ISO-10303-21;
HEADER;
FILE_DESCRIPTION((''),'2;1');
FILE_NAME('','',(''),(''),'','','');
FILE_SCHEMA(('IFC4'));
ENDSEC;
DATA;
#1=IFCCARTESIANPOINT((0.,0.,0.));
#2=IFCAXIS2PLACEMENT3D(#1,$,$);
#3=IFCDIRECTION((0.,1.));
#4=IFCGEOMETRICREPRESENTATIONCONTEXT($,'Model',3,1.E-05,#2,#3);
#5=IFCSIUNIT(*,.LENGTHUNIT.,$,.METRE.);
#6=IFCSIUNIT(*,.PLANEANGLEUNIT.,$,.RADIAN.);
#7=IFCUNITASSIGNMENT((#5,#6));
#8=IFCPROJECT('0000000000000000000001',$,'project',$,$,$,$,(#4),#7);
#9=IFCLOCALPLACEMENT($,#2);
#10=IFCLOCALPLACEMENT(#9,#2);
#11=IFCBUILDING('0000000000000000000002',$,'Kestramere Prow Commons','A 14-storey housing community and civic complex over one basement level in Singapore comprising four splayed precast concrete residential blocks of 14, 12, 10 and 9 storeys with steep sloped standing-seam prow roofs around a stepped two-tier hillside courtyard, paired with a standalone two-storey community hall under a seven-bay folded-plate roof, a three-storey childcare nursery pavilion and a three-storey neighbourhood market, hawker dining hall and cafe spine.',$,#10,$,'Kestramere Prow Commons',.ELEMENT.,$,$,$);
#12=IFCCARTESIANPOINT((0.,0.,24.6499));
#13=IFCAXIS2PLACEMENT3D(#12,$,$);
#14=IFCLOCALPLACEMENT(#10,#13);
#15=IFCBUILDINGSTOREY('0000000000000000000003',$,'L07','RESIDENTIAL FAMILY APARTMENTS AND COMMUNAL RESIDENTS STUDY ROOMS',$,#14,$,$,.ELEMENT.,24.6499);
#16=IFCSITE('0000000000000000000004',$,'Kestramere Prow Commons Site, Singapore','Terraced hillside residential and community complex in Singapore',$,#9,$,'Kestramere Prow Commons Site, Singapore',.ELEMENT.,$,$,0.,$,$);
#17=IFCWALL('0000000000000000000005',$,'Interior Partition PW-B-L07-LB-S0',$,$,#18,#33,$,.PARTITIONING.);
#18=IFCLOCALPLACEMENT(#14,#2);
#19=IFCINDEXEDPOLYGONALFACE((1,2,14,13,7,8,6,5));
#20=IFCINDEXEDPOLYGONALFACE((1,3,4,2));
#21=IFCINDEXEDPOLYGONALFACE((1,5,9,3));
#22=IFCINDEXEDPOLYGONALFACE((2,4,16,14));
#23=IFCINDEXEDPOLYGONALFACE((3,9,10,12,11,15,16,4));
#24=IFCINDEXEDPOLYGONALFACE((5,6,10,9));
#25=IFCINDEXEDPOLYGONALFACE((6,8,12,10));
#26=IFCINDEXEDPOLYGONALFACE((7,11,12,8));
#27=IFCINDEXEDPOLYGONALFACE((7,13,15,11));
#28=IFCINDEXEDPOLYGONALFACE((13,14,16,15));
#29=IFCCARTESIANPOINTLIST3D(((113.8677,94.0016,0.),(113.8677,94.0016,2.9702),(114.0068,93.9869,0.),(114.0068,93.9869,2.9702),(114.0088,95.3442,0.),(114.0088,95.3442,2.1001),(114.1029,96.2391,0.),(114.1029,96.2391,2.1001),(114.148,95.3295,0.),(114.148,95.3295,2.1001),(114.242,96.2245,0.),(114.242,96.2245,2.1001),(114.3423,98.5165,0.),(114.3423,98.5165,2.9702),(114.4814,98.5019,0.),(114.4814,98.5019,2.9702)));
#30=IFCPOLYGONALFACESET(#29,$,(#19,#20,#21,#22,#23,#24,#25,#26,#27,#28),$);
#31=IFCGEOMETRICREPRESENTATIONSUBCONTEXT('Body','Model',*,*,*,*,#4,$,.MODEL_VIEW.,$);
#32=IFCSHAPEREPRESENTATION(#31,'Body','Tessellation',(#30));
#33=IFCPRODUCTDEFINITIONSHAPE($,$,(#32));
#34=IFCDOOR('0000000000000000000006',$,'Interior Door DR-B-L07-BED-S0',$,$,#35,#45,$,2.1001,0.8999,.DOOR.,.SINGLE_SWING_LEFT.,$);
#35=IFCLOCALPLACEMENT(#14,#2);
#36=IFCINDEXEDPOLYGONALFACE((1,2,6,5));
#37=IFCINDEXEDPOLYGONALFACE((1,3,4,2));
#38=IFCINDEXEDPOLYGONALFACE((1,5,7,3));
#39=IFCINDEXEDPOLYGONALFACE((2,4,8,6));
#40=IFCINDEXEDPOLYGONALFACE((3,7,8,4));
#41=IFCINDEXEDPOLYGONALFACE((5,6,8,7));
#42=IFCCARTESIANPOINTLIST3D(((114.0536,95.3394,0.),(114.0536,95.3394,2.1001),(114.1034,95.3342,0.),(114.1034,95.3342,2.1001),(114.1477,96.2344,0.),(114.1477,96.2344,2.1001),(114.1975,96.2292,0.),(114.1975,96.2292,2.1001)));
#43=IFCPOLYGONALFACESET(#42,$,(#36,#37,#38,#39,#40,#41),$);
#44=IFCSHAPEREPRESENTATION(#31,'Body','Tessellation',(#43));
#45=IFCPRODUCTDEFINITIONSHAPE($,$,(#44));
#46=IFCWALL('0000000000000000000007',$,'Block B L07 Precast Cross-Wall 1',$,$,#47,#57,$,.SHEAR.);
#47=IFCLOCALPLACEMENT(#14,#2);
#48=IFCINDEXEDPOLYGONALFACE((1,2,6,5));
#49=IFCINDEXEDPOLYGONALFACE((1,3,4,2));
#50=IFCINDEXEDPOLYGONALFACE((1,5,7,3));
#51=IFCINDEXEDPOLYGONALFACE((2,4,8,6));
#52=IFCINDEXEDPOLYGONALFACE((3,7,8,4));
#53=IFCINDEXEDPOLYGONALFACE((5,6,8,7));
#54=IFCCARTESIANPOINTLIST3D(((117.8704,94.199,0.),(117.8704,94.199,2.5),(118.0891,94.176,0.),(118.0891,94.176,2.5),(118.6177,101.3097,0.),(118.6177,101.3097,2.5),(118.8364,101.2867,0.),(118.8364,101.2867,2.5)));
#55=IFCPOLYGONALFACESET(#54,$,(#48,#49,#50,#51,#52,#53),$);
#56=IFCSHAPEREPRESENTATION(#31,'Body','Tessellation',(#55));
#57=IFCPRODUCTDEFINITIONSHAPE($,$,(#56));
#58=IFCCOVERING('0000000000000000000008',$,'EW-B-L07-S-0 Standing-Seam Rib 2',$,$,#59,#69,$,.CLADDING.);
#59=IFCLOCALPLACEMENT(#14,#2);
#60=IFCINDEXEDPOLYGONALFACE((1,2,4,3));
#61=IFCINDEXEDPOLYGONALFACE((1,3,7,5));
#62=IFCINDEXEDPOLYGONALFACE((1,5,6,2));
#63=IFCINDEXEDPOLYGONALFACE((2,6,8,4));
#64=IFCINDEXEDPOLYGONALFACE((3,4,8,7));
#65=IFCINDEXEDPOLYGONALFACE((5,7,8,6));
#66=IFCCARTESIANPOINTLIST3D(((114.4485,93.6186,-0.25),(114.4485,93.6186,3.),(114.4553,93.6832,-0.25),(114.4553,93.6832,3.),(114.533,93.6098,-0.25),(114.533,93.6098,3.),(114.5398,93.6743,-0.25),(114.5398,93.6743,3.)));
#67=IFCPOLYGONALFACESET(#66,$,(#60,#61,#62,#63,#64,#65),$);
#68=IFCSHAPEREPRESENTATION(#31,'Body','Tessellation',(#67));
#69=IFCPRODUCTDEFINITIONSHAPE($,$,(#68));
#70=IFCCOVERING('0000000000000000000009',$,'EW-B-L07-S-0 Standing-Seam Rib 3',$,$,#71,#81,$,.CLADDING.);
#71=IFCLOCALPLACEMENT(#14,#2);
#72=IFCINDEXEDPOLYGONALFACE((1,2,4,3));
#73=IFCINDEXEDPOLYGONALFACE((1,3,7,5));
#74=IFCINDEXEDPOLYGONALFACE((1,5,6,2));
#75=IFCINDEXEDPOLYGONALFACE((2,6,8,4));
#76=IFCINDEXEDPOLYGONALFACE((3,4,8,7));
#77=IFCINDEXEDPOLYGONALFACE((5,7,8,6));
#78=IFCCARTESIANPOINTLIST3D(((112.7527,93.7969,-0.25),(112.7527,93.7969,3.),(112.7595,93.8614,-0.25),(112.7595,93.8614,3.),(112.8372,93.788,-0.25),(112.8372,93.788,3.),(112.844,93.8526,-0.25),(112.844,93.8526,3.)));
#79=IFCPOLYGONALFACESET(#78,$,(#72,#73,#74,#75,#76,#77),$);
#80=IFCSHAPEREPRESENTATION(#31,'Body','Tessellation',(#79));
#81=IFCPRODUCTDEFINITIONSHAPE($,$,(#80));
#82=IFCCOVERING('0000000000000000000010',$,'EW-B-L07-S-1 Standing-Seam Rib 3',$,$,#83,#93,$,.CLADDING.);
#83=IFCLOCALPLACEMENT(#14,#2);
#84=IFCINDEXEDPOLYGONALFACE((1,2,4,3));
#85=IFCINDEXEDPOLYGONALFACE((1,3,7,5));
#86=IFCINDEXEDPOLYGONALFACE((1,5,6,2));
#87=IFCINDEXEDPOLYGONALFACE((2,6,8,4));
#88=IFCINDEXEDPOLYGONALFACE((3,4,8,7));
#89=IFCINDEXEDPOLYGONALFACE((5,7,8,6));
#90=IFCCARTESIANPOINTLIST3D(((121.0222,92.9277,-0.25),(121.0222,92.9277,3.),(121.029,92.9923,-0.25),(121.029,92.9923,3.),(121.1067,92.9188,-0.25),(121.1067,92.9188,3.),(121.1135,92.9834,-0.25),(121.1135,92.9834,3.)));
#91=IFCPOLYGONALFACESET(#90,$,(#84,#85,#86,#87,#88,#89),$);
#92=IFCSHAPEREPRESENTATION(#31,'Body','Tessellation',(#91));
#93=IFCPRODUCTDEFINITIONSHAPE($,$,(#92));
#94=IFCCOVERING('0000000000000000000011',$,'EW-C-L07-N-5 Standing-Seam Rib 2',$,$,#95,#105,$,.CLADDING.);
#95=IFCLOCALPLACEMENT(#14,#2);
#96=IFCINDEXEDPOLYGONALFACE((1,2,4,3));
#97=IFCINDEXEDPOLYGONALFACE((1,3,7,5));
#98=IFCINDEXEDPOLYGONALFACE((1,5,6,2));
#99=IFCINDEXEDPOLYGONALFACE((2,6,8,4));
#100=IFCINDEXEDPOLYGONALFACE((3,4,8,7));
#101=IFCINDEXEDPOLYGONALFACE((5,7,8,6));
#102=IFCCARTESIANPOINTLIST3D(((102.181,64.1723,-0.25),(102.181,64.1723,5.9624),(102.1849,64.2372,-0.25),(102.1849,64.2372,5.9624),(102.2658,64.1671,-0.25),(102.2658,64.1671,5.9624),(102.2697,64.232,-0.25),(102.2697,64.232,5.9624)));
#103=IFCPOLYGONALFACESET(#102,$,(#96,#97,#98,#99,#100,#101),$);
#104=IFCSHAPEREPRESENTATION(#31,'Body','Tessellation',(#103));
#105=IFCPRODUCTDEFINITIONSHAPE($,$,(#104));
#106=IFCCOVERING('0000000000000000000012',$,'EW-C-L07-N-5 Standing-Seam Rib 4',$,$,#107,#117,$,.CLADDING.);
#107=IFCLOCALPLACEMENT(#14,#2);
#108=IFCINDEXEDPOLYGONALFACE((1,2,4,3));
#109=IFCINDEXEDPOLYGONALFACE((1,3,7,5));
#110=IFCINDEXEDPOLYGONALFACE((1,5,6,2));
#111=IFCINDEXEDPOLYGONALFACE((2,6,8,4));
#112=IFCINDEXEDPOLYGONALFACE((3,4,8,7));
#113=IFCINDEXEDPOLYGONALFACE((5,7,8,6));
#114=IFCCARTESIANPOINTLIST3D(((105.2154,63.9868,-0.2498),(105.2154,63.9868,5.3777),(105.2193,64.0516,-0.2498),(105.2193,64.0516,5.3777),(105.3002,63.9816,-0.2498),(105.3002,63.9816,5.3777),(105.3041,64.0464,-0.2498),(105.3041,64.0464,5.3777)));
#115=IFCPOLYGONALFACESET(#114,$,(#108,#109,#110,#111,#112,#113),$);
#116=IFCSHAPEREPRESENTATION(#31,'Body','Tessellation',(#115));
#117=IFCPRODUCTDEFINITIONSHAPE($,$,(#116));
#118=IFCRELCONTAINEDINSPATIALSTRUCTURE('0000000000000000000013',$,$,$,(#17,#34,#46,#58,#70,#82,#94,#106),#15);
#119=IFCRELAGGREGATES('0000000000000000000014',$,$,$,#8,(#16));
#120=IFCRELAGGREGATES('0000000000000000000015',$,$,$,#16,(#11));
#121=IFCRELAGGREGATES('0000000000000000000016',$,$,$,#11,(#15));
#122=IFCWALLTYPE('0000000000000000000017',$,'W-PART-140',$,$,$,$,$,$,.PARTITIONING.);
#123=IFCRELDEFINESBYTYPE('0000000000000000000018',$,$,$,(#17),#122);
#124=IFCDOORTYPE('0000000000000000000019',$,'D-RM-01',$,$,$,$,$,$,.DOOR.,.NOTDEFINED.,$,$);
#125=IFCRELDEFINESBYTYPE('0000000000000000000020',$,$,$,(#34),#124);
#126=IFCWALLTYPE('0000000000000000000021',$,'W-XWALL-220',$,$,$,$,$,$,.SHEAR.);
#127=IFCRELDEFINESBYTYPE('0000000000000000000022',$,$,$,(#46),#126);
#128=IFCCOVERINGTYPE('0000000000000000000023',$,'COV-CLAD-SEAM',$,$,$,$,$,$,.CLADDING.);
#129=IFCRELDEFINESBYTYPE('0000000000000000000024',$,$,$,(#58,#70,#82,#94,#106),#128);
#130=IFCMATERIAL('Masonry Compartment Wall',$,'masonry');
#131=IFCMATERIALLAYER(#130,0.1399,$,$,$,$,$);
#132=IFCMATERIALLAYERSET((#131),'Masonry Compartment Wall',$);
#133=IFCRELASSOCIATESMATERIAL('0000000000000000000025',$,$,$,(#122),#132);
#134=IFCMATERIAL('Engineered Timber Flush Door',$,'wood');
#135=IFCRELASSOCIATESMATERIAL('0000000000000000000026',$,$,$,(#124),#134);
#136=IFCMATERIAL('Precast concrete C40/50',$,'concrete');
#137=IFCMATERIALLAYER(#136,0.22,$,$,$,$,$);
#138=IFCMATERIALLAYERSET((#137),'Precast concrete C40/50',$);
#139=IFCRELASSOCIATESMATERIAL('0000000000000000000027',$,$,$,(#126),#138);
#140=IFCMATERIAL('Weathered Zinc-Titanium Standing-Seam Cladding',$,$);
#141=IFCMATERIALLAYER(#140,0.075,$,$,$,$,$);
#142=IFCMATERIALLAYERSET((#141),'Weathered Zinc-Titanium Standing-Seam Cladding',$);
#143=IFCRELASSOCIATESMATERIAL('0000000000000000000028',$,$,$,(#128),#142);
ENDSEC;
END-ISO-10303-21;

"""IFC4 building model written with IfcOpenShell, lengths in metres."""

from ifc_helpers import new_model, si_unit, direction, frame, frame_2d, origin, origin_2d, place, context, subcontext, project, spatial, rectangle, extrude, material, layer, layer_set, type_object, element, fill, save


model = new_model("IFC4")

# Units and contexts
model_context = context("Model", 3, precision=1e-05, world=origin(), true_north=direction((0.0, 1.0)))
body_context = subcontext(model_context, "Body", "Model", "MODEL_VIEW")
ifc_project = project(units=[si_unit("LENGTHUNIT", "METRE"), si_unit("PLANEANGLEUNIT", "RADIAN")], contexts=[model_context])

# Site, building, storey
site_placement = place(None, origin())
site = spatial("IfcSite", under=ifc_project, at=site_placement, Name="Kestramere Prow Commons Site, Singapore", Description="Terraced hillside residential and community complex in Singapore", LongName="Kestramere Prow Commons Site, Singapore", CompositionType="ELEMENT", RefElevation=0.0)
building_placement = place(site_placement, origin())
building = spatial("IfcBuilding", under=site, at=building_placement, Name="Kestramere Prow Commons", Description="A 14-storey housing community and civic complex over one basement level in Singapore comprising four splayed precast concrete residential blocks of 14, 12, 10 and 9 storeys with steep sloped standing-seam prow roofs around a stepped two-tier hillside courtyard, paired with a standalone two-storey community hall under a seven-bay folded-plate roof, a three-storey childcare nursery pavilion and a three-storey neighbourhood market, hawker dining hall and cafe spine.", LongName="Kestramere Prow Commons", CompositionType="ELEMENT")
storey_placement = place(building_placement, frame((0.0, 0.0, 24.6499)))
storey = spatial("IfcBuildingStorey", under=building, at=storey_placement, Name="L07", Description="RESIDENTIAL FAMILY APARTMENTS AND COMMUNAL RESIDENTS STUDY ROOMS", CompositionType="ELEMENT", Elevation=24.6499)

# Shared definitions
ifc_material_1 = material(Name="Precast concrete C40/50", Category="concrete")

# Wall, opening, door
ifc_material_2 = material(Name="Masonry Compartment Wall", Category="masonry")
ifc_layer_1 = layer(ifc_material_2, 0.1399)
ifc_layer_set_1 = layer_set([ifc_layer_1], Name="Masonry Compartment Wall")
wall_type_1 = type_object("IfcWallType", Name="W-PART-140", PredefinedType="PARTITIONING", material=ifc_layer_set_1)
wall_1_placement = place(storey_placement, frame((113.9373, 93.9941, 0.0), z_axis=(0.0, 0.0, 1.0), x_axis=(0.104545, 0.99452, 0.0)))
wall_1 = element("IfcWall", 1, at=wall_1_placement, inside=storey, type_object=wall_type_1, Name="Interior Partition PW-B-L07-LB-S0", PredefinedType="PARTITIONING", context=body_context, shape_type="SweptSolid", body=[
    extrude(rectangle(XDim=4.5398, YDim=0.1399, at=frame_2d((2.27, 0.0))), origin(), (0.0, 0.0, 1.0), 2.9702),
])
opening_1_placement = place(wall_1_placement, frame((1.3501, 0.0, 0.0)))
opening_1 = element("IfcOpeningElement", 2, at=opening_1_placement, cuts=wall_1, PredefinedType="OPENING", context=body_context, shape_type="SweptSolid", body=[
    extrude(rectangle(XDim=0.8999, YDim=2.1001, at=frame_2d((0.45, 1.05))), frame((0.0, 0.085, 0.0), z_axis=(0.0, -1.0, 0.0), x_axis=(1.0, 0.0, 0.0)), (0.0, 0.0, 1.0), 0.1699),
])
ifc_material_3 = material(Name="Engineered Timber Flush Door", Category="wood")
door_type_1 = type_object("IfcDoorType", Name="D-RM-01", OperationType="NOTDEFINED", PredefinedType="DOOR", material=ifc_material_3)
door_1_placement = place(opening_1_placement, origin())
door_1 = element("IfcDoor", 3, at=door_1_placement, inside=storey, type_object=door_type_1, Name="Interior Door DR-B-L07-BED-S0", OperationType="SINGLE_SWING_LEFT", OverallHeight=2.1001, OverallWidth=0.8999, PredefinedType="DOOR", context=body_context, shape_type="SweptSolid", body=[
    extrude(rectangle(XDim=0.8999, YDim=2.1001, at=frame_2d((0.45, 1.05))), frame((0.0, 0.0249, 0.0), z_axis=(0.0, -1.0, 0.0), x_axis=(1.0, 0.0, 0.0)), (0.0, 0.0, 1.0), 0.05),
])
fill(opening_1, door_1)

# Wall
ifc_layer_2 = layer(ifc_material_1, 0.22)
ifc_layer_set_2 = layer_set([ifc_layer_2], Name="Precast concrete C40/50")
wall_type_2 = type_object("IfcWallType", Name="W-XWALL-220", PredefinedType="SHEAR", material=ifc_layer_set_2)
wall_2_placement = place(storey_placement, frame((117.9797, 94.1875, 0.0), z_axis=(0.0, 0.0, 1.0), x_axis=(0.104519, 0.994523, 0.0)))
element("IfcWall", 4, at=wall_2_placement, inside=storey, type_object=wall_type_2, Name="Block B L07 Precast Cross-Wall 1", PredefinedType="SHEAR", context=body_context, shape_type="SweptSolid", body=[
    extrude(rectangle(XDim=7.1499, YDim=0.22, at=frame_2d((3.575, 0.0))), origin(), (0.0, 0.0, 1.0), 2.5),
])

# Coverings
ifc_material_4 = material(Name="Weathered Zinc-Titanium Standing-Seam Cladding")
ifc_layer_3 = layer(ifc_material_4, 0.075)
ifc_layer_set_3 = layer_set([ifc_layer_3], Name="Weathered Zinc-Titanium Standing-Seam Cladding")
covering_type = type_object("IfcCoveringType", Name="COV-CLAD-SEAM", PredefinedType="CLADDING", material=ifc_layer_set_3)
for number, where, z_axis, x_axis, name in (
    (5, (114.4941, 93.6465, -0.25), (0.0, 0.0, 1.0), (-0.994522, 0.104528, 0.0), "EW-B-L07-S-0 Standing-Seam Rib 2"),
    (6, (112.7983, 93.8247, -0.25), (0.0, 0.0, 1.0), (-0.994522, 0.104528, 0.0), "EW-B-L07-S-0 Standing-Seam Rib 3"),
    (7, (121.0679, 92.9556, -0.25), (0.0, 0.0, 1.0), (-0.994522, 0.104528, 0.0), "EW-B-L07-S-1 Standing-Seam Rib 3"),
):
    element("IfcCovering", number, at=place(storey_placement, frame(where, z_axis=z_axis, x_axis=x_axis)), inside=storey, type_object=covering_type, Name=name, PredefinedType="CLADDING", context=body_context, shape_type="SweptSolid", body=[
        extrude(rectangle(XDim=0.085, YDim=0.0649, at=origin_2d()), origin(), (0.0, 0.0, 1.0), 3.25),
    ])
covering_1_placement = place(storey_placement, frame((102.2253, 64.2021, -0.25), z_axis=(0.0, 0.0, 1.0), x_axis=(0.998135, -0.061049, 0.0)))
element("IfcCovering", 8, at=covering_1_placement, inside=storey, type_object=covering_type, Name="EW-C-L07-N-5 Standing-Seam Rib 2", PredefinedType="CLADDING", context=body_context, shape_type="SweptSolid", body=[
    extrude(rectangle(XDim=0.085, YDim=0.0649, at=origin_2d()), origin(), (0.0, 0.0, 1.0), 6.2124),
])
covering_2_placement = place(storey_placement, frame((105.2598, 64.0166, -0.2498), z_axis=(0.0, 0.0, 1.0), x_axis=(0.998135, -0.061049, 0.0)))
element("IfcCovering", 9, at=covering_2_placement, inside=storey, type_object=covering_type, Name="EW-C-L07-N-5 Standing-Seam Rib 4", PredefinedType="CLADDING", context=body_context, shape_type="SweptSolid", body=[
    extrude(rectangle(XDim=0.085, YDim=0.0649, at=origin_2d()), origin(), (0.0, 0.0, 1.0), 5.6274),
])

save(model, "model.ifc")
